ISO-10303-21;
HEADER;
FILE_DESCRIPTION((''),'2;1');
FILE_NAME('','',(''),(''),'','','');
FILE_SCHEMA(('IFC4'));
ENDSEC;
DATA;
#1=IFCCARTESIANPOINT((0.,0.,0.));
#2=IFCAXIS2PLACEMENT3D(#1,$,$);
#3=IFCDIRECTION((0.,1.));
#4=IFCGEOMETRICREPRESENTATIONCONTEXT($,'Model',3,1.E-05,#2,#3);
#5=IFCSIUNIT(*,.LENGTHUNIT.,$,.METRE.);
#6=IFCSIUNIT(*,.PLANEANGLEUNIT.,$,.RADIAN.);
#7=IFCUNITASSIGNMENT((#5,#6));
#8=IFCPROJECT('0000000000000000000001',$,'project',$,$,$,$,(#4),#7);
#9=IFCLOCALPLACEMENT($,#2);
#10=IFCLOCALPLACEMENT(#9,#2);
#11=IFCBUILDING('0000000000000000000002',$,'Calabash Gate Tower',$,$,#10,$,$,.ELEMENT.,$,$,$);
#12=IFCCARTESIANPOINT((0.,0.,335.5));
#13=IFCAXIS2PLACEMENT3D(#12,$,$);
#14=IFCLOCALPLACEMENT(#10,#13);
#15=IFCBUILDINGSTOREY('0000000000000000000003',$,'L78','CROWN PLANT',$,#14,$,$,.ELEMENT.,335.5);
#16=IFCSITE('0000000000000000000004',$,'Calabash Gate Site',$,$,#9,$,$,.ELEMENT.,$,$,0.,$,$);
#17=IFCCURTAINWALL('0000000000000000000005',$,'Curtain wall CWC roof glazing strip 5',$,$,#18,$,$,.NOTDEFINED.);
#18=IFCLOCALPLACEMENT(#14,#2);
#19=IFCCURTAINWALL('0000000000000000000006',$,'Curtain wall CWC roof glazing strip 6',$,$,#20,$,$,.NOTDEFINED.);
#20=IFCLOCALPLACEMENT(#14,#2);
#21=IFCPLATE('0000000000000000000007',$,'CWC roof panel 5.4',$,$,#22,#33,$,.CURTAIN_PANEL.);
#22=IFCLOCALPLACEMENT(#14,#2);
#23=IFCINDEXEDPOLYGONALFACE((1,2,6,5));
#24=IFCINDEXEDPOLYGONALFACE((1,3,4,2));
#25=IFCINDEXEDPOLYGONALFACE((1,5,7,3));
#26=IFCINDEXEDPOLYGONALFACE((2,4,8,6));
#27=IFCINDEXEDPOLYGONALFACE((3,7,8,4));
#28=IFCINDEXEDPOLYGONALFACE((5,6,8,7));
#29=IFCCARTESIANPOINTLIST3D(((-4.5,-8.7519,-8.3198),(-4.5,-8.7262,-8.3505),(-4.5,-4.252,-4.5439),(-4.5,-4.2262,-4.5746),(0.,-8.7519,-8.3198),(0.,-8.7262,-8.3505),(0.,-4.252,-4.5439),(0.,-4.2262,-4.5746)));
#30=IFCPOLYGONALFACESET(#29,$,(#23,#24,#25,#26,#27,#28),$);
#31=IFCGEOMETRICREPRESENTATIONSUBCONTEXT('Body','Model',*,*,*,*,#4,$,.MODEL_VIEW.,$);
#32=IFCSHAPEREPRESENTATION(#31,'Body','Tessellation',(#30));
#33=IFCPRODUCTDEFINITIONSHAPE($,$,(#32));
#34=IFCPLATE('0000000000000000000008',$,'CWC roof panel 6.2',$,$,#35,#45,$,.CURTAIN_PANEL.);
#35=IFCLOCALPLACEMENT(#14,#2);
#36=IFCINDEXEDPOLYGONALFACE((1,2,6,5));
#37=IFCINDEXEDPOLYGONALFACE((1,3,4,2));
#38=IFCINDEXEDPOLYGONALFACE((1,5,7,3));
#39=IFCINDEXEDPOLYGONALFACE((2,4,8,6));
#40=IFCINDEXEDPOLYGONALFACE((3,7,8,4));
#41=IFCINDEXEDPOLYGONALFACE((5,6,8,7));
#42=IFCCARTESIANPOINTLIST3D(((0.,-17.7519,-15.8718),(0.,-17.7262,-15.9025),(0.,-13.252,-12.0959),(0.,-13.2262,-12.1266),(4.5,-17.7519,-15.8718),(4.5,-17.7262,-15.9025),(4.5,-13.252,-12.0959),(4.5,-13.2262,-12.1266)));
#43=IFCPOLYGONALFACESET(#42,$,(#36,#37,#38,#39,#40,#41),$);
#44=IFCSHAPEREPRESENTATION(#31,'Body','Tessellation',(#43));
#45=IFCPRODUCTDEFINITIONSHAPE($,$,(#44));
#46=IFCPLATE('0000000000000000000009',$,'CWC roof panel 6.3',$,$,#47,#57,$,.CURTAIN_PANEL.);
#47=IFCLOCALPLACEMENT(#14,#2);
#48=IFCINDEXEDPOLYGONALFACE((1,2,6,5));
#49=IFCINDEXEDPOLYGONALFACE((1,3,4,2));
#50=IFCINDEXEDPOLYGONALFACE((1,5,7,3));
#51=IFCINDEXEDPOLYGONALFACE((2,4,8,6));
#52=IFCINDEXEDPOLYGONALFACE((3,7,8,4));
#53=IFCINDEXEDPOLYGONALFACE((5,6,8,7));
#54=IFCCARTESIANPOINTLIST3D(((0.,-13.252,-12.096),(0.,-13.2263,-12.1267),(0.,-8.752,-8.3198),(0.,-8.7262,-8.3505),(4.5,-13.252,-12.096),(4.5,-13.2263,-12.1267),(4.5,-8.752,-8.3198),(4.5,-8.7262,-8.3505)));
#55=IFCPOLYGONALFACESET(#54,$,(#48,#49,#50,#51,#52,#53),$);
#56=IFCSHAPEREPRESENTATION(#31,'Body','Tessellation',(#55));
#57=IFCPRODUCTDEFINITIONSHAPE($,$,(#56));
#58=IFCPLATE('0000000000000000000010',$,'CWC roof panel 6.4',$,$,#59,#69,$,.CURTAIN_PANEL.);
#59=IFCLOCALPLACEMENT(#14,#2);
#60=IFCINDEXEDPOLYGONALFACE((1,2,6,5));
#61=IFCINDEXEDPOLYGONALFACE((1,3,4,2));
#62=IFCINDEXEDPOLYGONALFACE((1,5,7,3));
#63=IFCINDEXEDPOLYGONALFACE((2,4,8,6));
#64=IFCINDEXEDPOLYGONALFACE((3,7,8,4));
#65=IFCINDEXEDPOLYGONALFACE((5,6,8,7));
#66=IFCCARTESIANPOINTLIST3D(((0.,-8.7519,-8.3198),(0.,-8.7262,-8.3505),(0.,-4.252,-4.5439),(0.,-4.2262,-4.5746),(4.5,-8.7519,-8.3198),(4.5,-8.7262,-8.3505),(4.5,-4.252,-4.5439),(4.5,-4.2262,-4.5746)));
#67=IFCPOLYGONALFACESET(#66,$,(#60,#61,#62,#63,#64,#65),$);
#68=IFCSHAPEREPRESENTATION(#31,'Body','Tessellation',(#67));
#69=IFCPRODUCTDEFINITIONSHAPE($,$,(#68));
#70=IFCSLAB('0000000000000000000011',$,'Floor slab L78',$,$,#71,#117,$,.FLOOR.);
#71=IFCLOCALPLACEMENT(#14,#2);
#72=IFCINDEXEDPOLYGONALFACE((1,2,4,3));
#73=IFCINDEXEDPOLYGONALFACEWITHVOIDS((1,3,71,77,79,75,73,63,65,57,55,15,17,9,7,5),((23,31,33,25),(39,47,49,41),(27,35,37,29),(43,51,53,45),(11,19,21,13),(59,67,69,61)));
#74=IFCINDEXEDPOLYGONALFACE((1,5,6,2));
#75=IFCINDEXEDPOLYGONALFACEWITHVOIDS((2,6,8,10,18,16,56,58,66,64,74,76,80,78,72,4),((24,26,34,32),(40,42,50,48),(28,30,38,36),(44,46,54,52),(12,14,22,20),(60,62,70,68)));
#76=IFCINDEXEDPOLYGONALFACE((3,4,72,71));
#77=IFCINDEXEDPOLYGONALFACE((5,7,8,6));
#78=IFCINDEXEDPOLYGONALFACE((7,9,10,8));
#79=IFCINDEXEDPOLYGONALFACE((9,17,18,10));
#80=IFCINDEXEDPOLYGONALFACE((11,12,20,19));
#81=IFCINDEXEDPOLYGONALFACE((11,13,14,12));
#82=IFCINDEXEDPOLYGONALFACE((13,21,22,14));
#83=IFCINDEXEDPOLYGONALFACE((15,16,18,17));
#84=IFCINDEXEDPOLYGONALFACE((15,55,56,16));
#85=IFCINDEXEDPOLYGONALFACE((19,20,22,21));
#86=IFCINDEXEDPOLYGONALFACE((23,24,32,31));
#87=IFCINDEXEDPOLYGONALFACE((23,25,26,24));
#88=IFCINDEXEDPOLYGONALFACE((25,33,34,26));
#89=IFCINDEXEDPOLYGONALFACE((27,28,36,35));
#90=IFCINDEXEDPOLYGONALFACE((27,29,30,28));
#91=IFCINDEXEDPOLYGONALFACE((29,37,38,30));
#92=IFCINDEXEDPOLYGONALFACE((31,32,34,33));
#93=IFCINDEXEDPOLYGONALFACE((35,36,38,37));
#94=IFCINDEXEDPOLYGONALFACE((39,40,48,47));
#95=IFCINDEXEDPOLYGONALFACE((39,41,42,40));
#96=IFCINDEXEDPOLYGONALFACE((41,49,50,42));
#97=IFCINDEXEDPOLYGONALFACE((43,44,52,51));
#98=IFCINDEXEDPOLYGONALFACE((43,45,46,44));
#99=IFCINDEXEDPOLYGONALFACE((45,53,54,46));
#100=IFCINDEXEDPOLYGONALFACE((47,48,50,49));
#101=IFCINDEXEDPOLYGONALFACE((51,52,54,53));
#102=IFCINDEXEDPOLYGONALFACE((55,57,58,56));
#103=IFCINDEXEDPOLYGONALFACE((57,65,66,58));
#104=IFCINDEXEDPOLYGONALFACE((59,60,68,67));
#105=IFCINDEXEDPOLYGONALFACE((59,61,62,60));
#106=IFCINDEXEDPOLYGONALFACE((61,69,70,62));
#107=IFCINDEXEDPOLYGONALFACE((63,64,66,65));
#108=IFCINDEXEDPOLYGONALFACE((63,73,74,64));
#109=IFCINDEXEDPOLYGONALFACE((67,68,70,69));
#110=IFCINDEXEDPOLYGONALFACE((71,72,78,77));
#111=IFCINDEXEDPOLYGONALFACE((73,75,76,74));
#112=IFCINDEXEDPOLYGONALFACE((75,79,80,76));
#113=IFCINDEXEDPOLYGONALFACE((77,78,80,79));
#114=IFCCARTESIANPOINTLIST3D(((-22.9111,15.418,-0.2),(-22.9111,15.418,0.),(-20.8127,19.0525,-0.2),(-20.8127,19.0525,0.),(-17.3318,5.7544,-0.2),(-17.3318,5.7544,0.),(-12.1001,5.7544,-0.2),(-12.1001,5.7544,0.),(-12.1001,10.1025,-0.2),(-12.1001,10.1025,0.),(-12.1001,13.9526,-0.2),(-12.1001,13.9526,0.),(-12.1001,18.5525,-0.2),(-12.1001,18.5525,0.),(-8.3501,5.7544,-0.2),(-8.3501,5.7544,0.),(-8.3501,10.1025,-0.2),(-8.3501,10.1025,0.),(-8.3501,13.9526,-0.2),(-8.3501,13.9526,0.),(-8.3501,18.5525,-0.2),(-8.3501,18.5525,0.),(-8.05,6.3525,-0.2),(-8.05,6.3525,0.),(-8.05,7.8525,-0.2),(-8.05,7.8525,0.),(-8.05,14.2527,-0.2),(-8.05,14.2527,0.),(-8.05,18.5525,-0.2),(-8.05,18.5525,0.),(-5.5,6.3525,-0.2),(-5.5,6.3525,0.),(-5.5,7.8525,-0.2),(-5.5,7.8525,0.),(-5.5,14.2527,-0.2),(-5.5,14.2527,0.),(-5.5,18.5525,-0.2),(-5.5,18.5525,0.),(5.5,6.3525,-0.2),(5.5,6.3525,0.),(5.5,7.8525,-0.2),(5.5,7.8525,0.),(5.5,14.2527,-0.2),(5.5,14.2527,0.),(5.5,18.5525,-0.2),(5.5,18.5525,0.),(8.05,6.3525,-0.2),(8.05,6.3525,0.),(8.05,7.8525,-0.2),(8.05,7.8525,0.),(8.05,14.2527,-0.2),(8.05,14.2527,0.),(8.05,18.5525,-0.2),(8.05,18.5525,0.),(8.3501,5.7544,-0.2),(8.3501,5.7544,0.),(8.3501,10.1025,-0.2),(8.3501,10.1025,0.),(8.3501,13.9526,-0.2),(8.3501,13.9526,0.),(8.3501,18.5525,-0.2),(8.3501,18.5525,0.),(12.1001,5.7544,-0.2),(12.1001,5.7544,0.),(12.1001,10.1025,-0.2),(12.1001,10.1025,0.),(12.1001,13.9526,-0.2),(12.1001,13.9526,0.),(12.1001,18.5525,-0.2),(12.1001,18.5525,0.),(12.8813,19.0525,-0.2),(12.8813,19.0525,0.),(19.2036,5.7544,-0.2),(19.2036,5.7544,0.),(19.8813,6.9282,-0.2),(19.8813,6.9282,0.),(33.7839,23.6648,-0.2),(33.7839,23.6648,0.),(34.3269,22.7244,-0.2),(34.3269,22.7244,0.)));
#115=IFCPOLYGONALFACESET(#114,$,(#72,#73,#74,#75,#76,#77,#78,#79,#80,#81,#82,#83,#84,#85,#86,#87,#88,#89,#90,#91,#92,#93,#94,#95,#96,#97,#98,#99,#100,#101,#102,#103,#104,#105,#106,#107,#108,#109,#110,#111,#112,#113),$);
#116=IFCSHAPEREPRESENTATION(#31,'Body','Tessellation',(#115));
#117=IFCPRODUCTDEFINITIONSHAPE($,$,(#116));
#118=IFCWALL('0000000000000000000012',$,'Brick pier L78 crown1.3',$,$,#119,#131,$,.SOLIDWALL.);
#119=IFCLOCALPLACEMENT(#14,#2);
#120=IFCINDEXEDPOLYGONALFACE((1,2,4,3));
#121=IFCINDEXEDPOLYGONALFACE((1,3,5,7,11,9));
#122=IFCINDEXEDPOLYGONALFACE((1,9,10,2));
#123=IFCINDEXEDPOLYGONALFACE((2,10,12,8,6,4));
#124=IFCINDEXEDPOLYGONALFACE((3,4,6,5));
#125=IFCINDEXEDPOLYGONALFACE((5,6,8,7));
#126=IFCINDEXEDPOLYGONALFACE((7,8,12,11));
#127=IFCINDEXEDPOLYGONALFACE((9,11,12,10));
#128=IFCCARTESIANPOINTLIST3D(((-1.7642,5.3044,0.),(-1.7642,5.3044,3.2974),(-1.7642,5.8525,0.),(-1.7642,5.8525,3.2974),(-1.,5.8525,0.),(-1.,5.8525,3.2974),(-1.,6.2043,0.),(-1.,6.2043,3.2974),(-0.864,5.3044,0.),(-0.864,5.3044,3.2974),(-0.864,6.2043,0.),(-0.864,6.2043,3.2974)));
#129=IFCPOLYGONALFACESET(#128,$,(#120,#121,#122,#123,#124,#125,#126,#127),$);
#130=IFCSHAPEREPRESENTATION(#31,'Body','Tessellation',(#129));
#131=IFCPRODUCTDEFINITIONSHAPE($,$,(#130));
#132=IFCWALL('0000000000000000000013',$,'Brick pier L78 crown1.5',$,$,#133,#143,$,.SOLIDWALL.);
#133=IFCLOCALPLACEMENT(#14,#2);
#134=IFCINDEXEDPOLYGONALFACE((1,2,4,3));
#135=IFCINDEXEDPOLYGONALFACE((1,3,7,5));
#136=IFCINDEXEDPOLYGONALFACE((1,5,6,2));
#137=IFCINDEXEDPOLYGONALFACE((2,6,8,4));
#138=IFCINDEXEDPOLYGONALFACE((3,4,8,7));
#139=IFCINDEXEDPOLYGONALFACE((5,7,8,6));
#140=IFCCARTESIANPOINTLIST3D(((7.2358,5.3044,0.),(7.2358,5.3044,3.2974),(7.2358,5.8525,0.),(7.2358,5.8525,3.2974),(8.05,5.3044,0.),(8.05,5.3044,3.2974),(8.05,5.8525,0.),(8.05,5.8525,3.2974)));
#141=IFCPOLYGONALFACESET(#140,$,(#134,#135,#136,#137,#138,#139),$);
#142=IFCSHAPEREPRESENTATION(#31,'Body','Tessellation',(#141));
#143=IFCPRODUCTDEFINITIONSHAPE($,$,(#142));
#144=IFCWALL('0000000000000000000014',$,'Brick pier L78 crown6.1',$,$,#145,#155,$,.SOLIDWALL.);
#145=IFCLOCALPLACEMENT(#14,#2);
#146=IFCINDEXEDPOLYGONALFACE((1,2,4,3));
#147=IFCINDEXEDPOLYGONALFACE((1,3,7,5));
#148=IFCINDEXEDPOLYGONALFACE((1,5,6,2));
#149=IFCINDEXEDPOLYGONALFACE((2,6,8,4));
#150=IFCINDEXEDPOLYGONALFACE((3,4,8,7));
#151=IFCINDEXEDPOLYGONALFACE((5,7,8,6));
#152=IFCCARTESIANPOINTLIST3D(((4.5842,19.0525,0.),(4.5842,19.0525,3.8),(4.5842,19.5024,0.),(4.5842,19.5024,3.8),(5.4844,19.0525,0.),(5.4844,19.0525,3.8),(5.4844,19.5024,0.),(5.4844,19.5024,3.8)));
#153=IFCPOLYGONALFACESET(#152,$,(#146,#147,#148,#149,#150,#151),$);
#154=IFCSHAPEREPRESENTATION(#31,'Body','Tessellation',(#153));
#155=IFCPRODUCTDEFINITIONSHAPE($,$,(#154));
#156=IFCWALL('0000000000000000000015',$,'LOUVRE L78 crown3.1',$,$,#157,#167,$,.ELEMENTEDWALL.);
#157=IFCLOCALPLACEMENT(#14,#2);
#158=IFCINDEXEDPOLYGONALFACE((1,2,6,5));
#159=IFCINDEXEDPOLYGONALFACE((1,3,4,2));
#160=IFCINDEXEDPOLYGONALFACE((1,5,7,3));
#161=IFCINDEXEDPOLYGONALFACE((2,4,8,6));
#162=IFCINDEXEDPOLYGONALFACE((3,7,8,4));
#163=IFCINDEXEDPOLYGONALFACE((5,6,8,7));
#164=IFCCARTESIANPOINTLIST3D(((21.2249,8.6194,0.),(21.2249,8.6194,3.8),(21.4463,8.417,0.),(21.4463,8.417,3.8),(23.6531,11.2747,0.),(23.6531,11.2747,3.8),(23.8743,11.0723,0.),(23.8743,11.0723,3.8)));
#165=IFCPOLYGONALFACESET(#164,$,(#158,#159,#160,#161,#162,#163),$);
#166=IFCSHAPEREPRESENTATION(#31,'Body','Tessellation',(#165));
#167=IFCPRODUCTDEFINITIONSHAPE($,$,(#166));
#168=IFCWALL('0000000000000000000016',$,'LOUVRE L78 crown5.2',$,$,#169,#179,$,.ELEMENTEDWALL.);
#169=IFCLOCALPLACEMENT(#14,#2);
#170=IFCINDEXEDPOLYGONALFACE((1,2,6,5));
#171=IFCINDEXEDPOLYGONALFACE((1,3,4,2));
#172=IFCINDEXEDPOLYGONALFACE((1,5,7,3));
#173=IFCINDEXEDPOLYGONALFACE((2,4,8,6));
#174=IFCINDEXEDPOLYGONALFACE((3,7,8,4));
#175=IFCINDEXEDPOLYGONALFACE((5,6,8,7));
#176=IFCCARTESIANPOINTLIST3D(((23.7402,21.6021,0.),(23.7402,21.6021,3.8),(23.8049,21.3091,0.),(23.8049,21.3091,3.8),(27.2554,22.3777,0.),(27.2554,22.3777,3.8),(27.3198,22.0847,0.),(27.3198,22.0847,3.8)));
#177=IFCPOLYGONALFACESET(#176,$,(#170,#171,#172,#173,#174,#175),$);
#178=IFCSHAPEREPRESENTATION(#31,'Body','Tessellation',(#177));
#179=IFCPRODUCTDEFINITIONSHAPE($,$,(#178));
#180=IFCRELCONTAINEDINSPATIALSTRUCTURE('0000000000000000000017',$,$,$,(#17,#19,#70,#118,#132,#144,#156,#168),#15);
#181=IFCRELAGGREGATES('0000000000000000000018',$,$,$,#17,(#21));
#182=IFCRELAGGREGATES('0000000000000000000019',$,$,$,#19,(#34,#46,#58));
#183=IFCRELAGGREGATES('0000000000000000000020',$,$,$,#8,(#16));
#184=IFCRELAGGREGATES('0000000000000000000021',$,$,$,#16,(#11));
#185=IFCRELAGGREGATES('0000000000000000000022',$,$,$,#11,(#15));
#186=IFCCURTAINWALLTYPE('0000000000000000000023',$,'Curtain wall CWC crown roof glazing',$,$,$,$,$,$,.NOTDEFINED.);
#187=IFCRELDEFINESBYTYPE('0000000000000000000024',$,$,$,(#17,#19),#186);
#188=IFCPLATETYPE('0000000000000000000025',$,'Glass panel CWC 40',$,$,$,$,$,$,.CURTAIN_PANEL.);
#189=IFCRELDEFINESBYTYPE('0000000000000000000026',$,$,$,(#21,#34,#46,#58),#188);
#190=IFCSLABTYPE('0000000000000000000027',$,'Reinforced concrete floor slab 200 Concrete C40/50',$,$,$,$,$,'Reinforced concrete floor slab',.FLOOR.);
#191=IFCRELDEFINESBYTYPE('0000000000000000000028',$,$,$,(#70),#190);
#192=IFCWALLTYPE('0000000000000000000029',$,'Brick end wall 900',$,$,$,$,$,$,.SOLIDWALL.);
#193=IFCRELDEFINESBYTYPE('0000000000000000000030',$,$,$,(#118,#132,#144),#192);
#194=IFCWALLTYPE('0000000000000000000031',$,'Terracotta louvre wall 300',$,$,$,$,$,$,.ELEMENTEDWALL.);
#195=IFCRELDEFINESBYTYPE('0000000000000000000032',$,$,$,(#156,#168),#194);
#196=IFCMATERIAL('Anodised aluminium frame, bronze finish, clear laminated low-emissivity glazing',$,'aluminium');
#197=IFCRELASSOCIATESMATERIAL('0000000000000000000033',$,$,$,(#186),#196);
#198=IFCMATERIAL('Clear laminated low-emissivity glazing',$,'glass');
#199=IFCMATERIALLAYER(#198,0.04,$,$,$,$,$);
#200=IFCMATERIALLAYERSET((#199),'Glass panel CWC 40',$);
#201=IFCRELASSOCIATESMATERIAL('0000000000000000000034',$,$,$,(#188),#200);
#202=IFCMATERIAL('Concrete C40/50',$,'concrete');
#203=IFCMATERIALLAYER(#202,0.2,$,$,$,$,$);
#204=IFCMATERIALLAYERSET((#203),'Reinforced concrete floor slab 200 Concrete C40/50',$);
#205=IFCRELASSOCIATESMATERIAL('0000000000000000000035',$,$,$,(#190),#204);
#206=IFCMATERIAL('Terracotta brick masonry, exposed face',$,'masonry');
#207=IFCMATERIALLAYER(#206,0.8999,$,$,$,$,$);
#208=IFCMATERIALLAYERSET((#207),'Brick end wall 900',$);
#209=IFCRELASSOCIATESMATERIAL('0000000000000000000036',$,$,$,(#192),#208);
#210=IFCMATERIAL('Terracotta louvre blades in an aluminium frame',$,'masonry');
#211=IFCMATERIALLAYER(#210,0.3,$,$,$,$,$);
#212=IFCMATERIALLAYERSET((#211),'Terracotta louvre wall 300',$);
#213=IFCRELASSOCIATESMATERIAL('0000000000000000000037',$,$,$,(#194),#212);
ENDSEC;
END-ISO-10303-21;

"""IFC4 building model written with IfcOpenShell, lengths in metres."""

from ifc_helpers import new_model, si_unit, direction, frame, origin, place, context, subcontext, project, spatial, polyline, outline, extrude, material, layer, layer_set, type_object, element, aggregate, save


model = new_model("IFC4")

# Units and contexts
model_context = context("Model", 3, precision=1e-05, world=origin(), true_north=direction((0.0, 1.0)))
body_context = subcontext(model_context, "Body", "Model", "MODEL_VIEW")
ifc_project = project(units=[si_unit("LENGTHUNIT", "METRE"), si_unit("PLANEANGLEUNIT", "RADIAN")], contexts=[model_context])

# Site, building, storey
site_placement = place(None, origin())
site = spatial("IfcSite", under=ifc_project, at=site_placement, Name="Calabash Gate Site", CompositionType="ELEMENT", RefElevation=0.0)
building_placement = place(site_placement, origin())
building = spatial("IfcBuilding", under=site, at=building_placement, Name="Calabash Gate Tower", CompositionType="ELEMENT")
storey_placement = place(building_placement, frame((0.0, 0.0, 335.5)))
storey = spatial("IfcBuildingStorey", under=building, at=storey_placement, Name="L78", Description="CROWN PLANT", CompositionType="ELEMENT", Elevation=335.5)

# Curtain walls
ifc_material_1 = material(Name="Anodised aluminium frame, bronze finish, clear laminated low-emissivity glazing", Category="aluminium")
curtain_wall_type = type_object("IfcCurtainWallType", Name="Curtain wall CWC crown roof glazing", PredefinedType="NOTDEFINED", material=ifc_material_1)
curtain_wall_1_placement = place(storey_placement, origin())
curtain_wall_1 = element("IfcCurtainWall", 1, at=curtain_wall_1_placement, inside=storey, type_object=curtain_wall_type, Name="Curtain wall CWC roof glazing strip 5", PredefinedType="NOTDEFINED")
curtain_wall_2_placement = place(storey_placement, origin())
curtain_wall_2 = element("IfcCurtainWall", 2, at=curtain_wall_2_placement, inside=storey, type_object=curtain_wall_type, Name="Curtain wall CWC roof glazing strip 6", PredefinedType="NOTDEFINED")

# Plates
ifc_material_2 = material(Name="Clear laminated low-emissivity glazing", Category="glass")
ifc_layer_1 = layer(ifc_material_2, 0.04)
ifc_layer_set_1 = layer_set([ifc_layer_1], Name="Glass panel CWC 40")
plate_type = type_object("IfcPlateType", Name="Glass panel CWC 40", PredefinedType="CURTAIN_PANEL", material=ifc_layer_set_1)
plate_1_placement = place(storey_placement, frame((-4.5, -4.252, -4.5439), z_axis=(0.0, -0.642781, 0.76605), x_axis=(1.0, 0.0, 0.0)))
plate_1 = element("IfcPlate", 3, at=plate_1_placement, type_object=plate_type, Name="CWC roof panel 5.4", PredefinedType="CURTAIN_PANEL", context=body_context, shape_type="SweptSolid", body=[
    extrude(outline(polyline([(0.0, 0.0), (4.5, 0.0), (4.5, -5.8743), (0.0, -5.8743), (0.0, 0.0)])), origin(), (0.0, 0.0, -1.0), 0.04),
])
aggregate(curtain_wall_1, [plate_1])
plate_2_placement = place(storey_placement, frame((0.0, -13.252, -12.0959), z_axis=(0.0, -0.642781, 0.76605), x_axis=(1.0, 0.0, 0.0)))
plate_2 = element("IfcPlate", 4, at=plate_2_placement, type_object=plate_type, Name="CWC roof panel 6.2", PredefinedType="CURTAIN_PANEL", context=body_context, shape_type="SweptSolid", body=[
    extrude(outline(polyline([(0.0, 0.0), (4.5, 0.0), (4.5, -5.8743), (0.0, -5.8743), (0.0, 0.0)])), origin(), (0.0, 0.0, -1.0), 0.04),
])
plate_3_placement = place(storey_placement, frame((0.0, -8.752, -8.3198), z_axis=(0.0, -0.642805, 0.76603), x_axis=(1.0, 0.0, 0.0)))
plate_3 = element("IfcPlate", 5, at=plate_3_placement, type_object=plate_type, Name="CWC roof panel 6.3", PredefinedType="CURTAIN_PANEL", context=body_context, shape_type="SweptSolid", body=[
    extrude(outline(polyline([(0.0, 0.0), (4.5, 0.0), (4.5, -5.8745), (0.0, -5.8745), (0.0, 0.0)])), origin(), (0.0, 0.0, -1.0), 0.04),
])
plate_4_placement = place(storey_placement, frame((0.0, -4.252, -4.5439), z_axis=(0.0, -0.642781, 0.76605), x_axis=(1.0, 0.0, 0.0)))
plate_4 = element("IfcPlate", 6, at=plate_4_placement, type_object=plate_type, Name="CWC roof panel 6.4", PredefinedType="CURTAIN_PANEL", context=body_context, shape_type="SweptSolid", body=[
    extrude(outline(polyline([(0.0, 0.0), (4.5, 0.0), (4.5, -5.8743), (0.0, -5.8743), (0.0, 0.0)])), origin(), (0.0, 0.0, -1.0), 0.04),
])
aggregate(curtain_wall_2, [plate_2, plate_3, plate_4])

# Slab
ifc_material_3 = material(Name="Concrete C40/50", Category="concrete")
ifc_layer_2 = layer(ifc_material_3, 0.2)
ifc_layer_set_2 = layer_set([ifc_layer_2], Name="Reinforced concrete floor slab 200 Concrete C40/50")
slab_type = type_object("IfcSlabType", Name="Reinforced concrete floor slab 200 Concrete C40/50", ElementType="Reinforced concrete floor slab", PredefinedType="FLOOR", material=ifc_layer_set_2)
slab_placement = place(storey_placement, frame((0.0, 0.0, -0.2)))
element("IfcSlab", 7, at=slab_placement, inside=storey, type_object=slab_type, Name="Floor slab L78", PredefinedType="FLOOR", context=body_context, shape_type="SweptSolid", body=[
    extrude(outline(polyline([(12.1001, 10.1025), (8.3501, 10.1025), (8.3501, 5.7544), (-8.3501, 5.7544), (-8.3501, 10.1025), (-12.1001, 10.1025), (-12.1001, 5.7544), (-17.3318, 5.7544), (-22.9111, 15.418), (-20.8127, 19.0525), (12.8813, 19.0525), (33.7839, 23.6648), (34.3269, 22.7244), (19.8813, 6.9282), (19.2036, 5.7544), (12.1001, 5.7544), (12.1001, 10.1025)]), holes=[polyline([(-8.05, 18.5525), (-8.05, 14.2527), (-5.5, 14.2527), (-5.5, 18.5525), (-8.05, 18.5525)]), polyline([(8.05, 18.5525), (5.5, 18.5525), (5.5, 14.2527), (8.05, 14.2527), (8.05, 18.5525)]), polyline([(-8.3501, 18.5525), (-12.1001, 18.5525), (-12.1001, 13.9526), (-8.3501, 13.9526), (-8.3501, 18.5525)]), polyline([(8.3501, 13.9526), (12.1001, 13.9526), (12.1001, 18.5525), (8.3501, 18.5525), (8.3501, 13.9526)]), polyline([(-5.5, 6.3525), (-5.5, 7.8525), (-8.05, 7.8525), (-8.05, 6.3525), (-5.5, 6.3525)]), polyline([(5.5, 6.3525), (8.05, 6.3525), (8.05, 7.8525), (5.5, 7.8525), (5.5, 6.3525)])]), origin(), (0.0, 0.0, 1.0), 0.2),
])

# Walls
ifc_material_4 = material(Name="Terracotta brick masonry, exposed face", Category="masonry")
ifc_layer_3 = layer(ifc_material_4, 0.8999)
ifc_layer_set_3 = layer_set([ifc_layer_3], Name="Brick end wall 900")
wall_type_1 = type_object("IfcWallType", Name="Brick end wall 900", PredefinedType="SOLIDWALL", material=ifc_layer_set_3)
wall_1_placement = place(storey_placement, origin())
element("IfcWall", 8, at=wall_1_placement, inside=storey, type_object=wall_type_1, Name="Brick pier L78 crown1.3", PredefinedType="SOLIDWALL", context=body_context, shape_type="SweptSolid", body=[
    extrude(outline(polyline([(-0.864, 5.3044), (-0.864, 6.2043), (-1.0, 6.2043), (-1.0, 5.8525), (-1.7642, 5.8525), (-1.7642, 5.3044), (-0.864, 5.3044)])), origin(), (0.0, 0.0, 1.0), 3.2974),
])
wall_2_placement = place(storey_placement, origin())
element("IfcWall", 9, at=wall_2_placement, inside=storey, type_object=wall_type_1, Name="Brick pier L78 crown1.5", PredefinedType="SOLIDWALL", context=body_context, shape_type="SweptSolid", body=[
    extrude(outline(polyline([(7.2358, 5.3044), (8.05, 5.3044), (8.05, 5.8525), (7.2358, 5.8525), (7.2358, 5.3044)])), origin(), (0.0, 0.0, 1.0), 3.2974),
])
wall_3_placement = place(storey_placement, origin())
element("IfcWall", 10, at=wall_3_placement, inside=storey, type_object=wall_type_1, Name="Brick pier L78 crown6.1", PredefinedType="SOLIDWALL", context=body_context, shape_type="SweptSolid", body=[
    extrude(outline(polyline([(4.5842, 19.5024), (4.5842, 19.0525), (5.4844, 19.0525), (5.4844, 19.5024), (4.5842, 19.5024)])), origin(), (0.0, 0.0, 1.0), 3.8),
])
ifc_material_5 = material(Name="Terracotta louvre blades in an aluminium frame", Category="masonry")
ifc_layer_4 = layer(ifc_material_5, 0.3)
ifc_layer_set_4 = layer_set([ifc_layer_4], Name="Terracotta louvre wall 300")
wall_type_2 = type_object("IfcWallType", Name="Terracotta louvre wall 300", PredefinedType="ELEMENTEDWALL", material=ifc_layer_set_4)
wall_4_placement = place(storey_placement, origin())
element("IfcWall", 11, at=wall_4_placement, inside=storey, type_object=wall_type_2, Name="LOUVRE L78 crown3.1", PredefinedType="ELEMENTEDWALL", context=body_context, shape_type="SweptSolid", body=[
    extrude(outline(polyline([(23.6531, 11.2747), (21.2249, 8.6194), (21.4463, 8.417), (23.8743, 11.0723), (23.6531, 11.2747)])), origin(), (0.0, 0.0, 1.0), 3.8),
])
wall_5_placement = place(storey_placement, origin())
element("IfcWall", 12, at=wall_5_placement, inside=storey, type_object=wall_type_2, Name="LOUVRE L78 crown5.2", PredefinedType="ELEMENTEDWALL", context=body_context, shape_type="SweptSolid", body=[
    extrude(outline(polyline([(27.2554, 22.3777), (23.7402, 21.6021), (23.8049, 21.3091), (27.3198, 22.0847), (27.2554, 22.3777)])), origin(), (0.0, 0.0, 1.0), 3.8),
])

save(model, "model.ifc")
